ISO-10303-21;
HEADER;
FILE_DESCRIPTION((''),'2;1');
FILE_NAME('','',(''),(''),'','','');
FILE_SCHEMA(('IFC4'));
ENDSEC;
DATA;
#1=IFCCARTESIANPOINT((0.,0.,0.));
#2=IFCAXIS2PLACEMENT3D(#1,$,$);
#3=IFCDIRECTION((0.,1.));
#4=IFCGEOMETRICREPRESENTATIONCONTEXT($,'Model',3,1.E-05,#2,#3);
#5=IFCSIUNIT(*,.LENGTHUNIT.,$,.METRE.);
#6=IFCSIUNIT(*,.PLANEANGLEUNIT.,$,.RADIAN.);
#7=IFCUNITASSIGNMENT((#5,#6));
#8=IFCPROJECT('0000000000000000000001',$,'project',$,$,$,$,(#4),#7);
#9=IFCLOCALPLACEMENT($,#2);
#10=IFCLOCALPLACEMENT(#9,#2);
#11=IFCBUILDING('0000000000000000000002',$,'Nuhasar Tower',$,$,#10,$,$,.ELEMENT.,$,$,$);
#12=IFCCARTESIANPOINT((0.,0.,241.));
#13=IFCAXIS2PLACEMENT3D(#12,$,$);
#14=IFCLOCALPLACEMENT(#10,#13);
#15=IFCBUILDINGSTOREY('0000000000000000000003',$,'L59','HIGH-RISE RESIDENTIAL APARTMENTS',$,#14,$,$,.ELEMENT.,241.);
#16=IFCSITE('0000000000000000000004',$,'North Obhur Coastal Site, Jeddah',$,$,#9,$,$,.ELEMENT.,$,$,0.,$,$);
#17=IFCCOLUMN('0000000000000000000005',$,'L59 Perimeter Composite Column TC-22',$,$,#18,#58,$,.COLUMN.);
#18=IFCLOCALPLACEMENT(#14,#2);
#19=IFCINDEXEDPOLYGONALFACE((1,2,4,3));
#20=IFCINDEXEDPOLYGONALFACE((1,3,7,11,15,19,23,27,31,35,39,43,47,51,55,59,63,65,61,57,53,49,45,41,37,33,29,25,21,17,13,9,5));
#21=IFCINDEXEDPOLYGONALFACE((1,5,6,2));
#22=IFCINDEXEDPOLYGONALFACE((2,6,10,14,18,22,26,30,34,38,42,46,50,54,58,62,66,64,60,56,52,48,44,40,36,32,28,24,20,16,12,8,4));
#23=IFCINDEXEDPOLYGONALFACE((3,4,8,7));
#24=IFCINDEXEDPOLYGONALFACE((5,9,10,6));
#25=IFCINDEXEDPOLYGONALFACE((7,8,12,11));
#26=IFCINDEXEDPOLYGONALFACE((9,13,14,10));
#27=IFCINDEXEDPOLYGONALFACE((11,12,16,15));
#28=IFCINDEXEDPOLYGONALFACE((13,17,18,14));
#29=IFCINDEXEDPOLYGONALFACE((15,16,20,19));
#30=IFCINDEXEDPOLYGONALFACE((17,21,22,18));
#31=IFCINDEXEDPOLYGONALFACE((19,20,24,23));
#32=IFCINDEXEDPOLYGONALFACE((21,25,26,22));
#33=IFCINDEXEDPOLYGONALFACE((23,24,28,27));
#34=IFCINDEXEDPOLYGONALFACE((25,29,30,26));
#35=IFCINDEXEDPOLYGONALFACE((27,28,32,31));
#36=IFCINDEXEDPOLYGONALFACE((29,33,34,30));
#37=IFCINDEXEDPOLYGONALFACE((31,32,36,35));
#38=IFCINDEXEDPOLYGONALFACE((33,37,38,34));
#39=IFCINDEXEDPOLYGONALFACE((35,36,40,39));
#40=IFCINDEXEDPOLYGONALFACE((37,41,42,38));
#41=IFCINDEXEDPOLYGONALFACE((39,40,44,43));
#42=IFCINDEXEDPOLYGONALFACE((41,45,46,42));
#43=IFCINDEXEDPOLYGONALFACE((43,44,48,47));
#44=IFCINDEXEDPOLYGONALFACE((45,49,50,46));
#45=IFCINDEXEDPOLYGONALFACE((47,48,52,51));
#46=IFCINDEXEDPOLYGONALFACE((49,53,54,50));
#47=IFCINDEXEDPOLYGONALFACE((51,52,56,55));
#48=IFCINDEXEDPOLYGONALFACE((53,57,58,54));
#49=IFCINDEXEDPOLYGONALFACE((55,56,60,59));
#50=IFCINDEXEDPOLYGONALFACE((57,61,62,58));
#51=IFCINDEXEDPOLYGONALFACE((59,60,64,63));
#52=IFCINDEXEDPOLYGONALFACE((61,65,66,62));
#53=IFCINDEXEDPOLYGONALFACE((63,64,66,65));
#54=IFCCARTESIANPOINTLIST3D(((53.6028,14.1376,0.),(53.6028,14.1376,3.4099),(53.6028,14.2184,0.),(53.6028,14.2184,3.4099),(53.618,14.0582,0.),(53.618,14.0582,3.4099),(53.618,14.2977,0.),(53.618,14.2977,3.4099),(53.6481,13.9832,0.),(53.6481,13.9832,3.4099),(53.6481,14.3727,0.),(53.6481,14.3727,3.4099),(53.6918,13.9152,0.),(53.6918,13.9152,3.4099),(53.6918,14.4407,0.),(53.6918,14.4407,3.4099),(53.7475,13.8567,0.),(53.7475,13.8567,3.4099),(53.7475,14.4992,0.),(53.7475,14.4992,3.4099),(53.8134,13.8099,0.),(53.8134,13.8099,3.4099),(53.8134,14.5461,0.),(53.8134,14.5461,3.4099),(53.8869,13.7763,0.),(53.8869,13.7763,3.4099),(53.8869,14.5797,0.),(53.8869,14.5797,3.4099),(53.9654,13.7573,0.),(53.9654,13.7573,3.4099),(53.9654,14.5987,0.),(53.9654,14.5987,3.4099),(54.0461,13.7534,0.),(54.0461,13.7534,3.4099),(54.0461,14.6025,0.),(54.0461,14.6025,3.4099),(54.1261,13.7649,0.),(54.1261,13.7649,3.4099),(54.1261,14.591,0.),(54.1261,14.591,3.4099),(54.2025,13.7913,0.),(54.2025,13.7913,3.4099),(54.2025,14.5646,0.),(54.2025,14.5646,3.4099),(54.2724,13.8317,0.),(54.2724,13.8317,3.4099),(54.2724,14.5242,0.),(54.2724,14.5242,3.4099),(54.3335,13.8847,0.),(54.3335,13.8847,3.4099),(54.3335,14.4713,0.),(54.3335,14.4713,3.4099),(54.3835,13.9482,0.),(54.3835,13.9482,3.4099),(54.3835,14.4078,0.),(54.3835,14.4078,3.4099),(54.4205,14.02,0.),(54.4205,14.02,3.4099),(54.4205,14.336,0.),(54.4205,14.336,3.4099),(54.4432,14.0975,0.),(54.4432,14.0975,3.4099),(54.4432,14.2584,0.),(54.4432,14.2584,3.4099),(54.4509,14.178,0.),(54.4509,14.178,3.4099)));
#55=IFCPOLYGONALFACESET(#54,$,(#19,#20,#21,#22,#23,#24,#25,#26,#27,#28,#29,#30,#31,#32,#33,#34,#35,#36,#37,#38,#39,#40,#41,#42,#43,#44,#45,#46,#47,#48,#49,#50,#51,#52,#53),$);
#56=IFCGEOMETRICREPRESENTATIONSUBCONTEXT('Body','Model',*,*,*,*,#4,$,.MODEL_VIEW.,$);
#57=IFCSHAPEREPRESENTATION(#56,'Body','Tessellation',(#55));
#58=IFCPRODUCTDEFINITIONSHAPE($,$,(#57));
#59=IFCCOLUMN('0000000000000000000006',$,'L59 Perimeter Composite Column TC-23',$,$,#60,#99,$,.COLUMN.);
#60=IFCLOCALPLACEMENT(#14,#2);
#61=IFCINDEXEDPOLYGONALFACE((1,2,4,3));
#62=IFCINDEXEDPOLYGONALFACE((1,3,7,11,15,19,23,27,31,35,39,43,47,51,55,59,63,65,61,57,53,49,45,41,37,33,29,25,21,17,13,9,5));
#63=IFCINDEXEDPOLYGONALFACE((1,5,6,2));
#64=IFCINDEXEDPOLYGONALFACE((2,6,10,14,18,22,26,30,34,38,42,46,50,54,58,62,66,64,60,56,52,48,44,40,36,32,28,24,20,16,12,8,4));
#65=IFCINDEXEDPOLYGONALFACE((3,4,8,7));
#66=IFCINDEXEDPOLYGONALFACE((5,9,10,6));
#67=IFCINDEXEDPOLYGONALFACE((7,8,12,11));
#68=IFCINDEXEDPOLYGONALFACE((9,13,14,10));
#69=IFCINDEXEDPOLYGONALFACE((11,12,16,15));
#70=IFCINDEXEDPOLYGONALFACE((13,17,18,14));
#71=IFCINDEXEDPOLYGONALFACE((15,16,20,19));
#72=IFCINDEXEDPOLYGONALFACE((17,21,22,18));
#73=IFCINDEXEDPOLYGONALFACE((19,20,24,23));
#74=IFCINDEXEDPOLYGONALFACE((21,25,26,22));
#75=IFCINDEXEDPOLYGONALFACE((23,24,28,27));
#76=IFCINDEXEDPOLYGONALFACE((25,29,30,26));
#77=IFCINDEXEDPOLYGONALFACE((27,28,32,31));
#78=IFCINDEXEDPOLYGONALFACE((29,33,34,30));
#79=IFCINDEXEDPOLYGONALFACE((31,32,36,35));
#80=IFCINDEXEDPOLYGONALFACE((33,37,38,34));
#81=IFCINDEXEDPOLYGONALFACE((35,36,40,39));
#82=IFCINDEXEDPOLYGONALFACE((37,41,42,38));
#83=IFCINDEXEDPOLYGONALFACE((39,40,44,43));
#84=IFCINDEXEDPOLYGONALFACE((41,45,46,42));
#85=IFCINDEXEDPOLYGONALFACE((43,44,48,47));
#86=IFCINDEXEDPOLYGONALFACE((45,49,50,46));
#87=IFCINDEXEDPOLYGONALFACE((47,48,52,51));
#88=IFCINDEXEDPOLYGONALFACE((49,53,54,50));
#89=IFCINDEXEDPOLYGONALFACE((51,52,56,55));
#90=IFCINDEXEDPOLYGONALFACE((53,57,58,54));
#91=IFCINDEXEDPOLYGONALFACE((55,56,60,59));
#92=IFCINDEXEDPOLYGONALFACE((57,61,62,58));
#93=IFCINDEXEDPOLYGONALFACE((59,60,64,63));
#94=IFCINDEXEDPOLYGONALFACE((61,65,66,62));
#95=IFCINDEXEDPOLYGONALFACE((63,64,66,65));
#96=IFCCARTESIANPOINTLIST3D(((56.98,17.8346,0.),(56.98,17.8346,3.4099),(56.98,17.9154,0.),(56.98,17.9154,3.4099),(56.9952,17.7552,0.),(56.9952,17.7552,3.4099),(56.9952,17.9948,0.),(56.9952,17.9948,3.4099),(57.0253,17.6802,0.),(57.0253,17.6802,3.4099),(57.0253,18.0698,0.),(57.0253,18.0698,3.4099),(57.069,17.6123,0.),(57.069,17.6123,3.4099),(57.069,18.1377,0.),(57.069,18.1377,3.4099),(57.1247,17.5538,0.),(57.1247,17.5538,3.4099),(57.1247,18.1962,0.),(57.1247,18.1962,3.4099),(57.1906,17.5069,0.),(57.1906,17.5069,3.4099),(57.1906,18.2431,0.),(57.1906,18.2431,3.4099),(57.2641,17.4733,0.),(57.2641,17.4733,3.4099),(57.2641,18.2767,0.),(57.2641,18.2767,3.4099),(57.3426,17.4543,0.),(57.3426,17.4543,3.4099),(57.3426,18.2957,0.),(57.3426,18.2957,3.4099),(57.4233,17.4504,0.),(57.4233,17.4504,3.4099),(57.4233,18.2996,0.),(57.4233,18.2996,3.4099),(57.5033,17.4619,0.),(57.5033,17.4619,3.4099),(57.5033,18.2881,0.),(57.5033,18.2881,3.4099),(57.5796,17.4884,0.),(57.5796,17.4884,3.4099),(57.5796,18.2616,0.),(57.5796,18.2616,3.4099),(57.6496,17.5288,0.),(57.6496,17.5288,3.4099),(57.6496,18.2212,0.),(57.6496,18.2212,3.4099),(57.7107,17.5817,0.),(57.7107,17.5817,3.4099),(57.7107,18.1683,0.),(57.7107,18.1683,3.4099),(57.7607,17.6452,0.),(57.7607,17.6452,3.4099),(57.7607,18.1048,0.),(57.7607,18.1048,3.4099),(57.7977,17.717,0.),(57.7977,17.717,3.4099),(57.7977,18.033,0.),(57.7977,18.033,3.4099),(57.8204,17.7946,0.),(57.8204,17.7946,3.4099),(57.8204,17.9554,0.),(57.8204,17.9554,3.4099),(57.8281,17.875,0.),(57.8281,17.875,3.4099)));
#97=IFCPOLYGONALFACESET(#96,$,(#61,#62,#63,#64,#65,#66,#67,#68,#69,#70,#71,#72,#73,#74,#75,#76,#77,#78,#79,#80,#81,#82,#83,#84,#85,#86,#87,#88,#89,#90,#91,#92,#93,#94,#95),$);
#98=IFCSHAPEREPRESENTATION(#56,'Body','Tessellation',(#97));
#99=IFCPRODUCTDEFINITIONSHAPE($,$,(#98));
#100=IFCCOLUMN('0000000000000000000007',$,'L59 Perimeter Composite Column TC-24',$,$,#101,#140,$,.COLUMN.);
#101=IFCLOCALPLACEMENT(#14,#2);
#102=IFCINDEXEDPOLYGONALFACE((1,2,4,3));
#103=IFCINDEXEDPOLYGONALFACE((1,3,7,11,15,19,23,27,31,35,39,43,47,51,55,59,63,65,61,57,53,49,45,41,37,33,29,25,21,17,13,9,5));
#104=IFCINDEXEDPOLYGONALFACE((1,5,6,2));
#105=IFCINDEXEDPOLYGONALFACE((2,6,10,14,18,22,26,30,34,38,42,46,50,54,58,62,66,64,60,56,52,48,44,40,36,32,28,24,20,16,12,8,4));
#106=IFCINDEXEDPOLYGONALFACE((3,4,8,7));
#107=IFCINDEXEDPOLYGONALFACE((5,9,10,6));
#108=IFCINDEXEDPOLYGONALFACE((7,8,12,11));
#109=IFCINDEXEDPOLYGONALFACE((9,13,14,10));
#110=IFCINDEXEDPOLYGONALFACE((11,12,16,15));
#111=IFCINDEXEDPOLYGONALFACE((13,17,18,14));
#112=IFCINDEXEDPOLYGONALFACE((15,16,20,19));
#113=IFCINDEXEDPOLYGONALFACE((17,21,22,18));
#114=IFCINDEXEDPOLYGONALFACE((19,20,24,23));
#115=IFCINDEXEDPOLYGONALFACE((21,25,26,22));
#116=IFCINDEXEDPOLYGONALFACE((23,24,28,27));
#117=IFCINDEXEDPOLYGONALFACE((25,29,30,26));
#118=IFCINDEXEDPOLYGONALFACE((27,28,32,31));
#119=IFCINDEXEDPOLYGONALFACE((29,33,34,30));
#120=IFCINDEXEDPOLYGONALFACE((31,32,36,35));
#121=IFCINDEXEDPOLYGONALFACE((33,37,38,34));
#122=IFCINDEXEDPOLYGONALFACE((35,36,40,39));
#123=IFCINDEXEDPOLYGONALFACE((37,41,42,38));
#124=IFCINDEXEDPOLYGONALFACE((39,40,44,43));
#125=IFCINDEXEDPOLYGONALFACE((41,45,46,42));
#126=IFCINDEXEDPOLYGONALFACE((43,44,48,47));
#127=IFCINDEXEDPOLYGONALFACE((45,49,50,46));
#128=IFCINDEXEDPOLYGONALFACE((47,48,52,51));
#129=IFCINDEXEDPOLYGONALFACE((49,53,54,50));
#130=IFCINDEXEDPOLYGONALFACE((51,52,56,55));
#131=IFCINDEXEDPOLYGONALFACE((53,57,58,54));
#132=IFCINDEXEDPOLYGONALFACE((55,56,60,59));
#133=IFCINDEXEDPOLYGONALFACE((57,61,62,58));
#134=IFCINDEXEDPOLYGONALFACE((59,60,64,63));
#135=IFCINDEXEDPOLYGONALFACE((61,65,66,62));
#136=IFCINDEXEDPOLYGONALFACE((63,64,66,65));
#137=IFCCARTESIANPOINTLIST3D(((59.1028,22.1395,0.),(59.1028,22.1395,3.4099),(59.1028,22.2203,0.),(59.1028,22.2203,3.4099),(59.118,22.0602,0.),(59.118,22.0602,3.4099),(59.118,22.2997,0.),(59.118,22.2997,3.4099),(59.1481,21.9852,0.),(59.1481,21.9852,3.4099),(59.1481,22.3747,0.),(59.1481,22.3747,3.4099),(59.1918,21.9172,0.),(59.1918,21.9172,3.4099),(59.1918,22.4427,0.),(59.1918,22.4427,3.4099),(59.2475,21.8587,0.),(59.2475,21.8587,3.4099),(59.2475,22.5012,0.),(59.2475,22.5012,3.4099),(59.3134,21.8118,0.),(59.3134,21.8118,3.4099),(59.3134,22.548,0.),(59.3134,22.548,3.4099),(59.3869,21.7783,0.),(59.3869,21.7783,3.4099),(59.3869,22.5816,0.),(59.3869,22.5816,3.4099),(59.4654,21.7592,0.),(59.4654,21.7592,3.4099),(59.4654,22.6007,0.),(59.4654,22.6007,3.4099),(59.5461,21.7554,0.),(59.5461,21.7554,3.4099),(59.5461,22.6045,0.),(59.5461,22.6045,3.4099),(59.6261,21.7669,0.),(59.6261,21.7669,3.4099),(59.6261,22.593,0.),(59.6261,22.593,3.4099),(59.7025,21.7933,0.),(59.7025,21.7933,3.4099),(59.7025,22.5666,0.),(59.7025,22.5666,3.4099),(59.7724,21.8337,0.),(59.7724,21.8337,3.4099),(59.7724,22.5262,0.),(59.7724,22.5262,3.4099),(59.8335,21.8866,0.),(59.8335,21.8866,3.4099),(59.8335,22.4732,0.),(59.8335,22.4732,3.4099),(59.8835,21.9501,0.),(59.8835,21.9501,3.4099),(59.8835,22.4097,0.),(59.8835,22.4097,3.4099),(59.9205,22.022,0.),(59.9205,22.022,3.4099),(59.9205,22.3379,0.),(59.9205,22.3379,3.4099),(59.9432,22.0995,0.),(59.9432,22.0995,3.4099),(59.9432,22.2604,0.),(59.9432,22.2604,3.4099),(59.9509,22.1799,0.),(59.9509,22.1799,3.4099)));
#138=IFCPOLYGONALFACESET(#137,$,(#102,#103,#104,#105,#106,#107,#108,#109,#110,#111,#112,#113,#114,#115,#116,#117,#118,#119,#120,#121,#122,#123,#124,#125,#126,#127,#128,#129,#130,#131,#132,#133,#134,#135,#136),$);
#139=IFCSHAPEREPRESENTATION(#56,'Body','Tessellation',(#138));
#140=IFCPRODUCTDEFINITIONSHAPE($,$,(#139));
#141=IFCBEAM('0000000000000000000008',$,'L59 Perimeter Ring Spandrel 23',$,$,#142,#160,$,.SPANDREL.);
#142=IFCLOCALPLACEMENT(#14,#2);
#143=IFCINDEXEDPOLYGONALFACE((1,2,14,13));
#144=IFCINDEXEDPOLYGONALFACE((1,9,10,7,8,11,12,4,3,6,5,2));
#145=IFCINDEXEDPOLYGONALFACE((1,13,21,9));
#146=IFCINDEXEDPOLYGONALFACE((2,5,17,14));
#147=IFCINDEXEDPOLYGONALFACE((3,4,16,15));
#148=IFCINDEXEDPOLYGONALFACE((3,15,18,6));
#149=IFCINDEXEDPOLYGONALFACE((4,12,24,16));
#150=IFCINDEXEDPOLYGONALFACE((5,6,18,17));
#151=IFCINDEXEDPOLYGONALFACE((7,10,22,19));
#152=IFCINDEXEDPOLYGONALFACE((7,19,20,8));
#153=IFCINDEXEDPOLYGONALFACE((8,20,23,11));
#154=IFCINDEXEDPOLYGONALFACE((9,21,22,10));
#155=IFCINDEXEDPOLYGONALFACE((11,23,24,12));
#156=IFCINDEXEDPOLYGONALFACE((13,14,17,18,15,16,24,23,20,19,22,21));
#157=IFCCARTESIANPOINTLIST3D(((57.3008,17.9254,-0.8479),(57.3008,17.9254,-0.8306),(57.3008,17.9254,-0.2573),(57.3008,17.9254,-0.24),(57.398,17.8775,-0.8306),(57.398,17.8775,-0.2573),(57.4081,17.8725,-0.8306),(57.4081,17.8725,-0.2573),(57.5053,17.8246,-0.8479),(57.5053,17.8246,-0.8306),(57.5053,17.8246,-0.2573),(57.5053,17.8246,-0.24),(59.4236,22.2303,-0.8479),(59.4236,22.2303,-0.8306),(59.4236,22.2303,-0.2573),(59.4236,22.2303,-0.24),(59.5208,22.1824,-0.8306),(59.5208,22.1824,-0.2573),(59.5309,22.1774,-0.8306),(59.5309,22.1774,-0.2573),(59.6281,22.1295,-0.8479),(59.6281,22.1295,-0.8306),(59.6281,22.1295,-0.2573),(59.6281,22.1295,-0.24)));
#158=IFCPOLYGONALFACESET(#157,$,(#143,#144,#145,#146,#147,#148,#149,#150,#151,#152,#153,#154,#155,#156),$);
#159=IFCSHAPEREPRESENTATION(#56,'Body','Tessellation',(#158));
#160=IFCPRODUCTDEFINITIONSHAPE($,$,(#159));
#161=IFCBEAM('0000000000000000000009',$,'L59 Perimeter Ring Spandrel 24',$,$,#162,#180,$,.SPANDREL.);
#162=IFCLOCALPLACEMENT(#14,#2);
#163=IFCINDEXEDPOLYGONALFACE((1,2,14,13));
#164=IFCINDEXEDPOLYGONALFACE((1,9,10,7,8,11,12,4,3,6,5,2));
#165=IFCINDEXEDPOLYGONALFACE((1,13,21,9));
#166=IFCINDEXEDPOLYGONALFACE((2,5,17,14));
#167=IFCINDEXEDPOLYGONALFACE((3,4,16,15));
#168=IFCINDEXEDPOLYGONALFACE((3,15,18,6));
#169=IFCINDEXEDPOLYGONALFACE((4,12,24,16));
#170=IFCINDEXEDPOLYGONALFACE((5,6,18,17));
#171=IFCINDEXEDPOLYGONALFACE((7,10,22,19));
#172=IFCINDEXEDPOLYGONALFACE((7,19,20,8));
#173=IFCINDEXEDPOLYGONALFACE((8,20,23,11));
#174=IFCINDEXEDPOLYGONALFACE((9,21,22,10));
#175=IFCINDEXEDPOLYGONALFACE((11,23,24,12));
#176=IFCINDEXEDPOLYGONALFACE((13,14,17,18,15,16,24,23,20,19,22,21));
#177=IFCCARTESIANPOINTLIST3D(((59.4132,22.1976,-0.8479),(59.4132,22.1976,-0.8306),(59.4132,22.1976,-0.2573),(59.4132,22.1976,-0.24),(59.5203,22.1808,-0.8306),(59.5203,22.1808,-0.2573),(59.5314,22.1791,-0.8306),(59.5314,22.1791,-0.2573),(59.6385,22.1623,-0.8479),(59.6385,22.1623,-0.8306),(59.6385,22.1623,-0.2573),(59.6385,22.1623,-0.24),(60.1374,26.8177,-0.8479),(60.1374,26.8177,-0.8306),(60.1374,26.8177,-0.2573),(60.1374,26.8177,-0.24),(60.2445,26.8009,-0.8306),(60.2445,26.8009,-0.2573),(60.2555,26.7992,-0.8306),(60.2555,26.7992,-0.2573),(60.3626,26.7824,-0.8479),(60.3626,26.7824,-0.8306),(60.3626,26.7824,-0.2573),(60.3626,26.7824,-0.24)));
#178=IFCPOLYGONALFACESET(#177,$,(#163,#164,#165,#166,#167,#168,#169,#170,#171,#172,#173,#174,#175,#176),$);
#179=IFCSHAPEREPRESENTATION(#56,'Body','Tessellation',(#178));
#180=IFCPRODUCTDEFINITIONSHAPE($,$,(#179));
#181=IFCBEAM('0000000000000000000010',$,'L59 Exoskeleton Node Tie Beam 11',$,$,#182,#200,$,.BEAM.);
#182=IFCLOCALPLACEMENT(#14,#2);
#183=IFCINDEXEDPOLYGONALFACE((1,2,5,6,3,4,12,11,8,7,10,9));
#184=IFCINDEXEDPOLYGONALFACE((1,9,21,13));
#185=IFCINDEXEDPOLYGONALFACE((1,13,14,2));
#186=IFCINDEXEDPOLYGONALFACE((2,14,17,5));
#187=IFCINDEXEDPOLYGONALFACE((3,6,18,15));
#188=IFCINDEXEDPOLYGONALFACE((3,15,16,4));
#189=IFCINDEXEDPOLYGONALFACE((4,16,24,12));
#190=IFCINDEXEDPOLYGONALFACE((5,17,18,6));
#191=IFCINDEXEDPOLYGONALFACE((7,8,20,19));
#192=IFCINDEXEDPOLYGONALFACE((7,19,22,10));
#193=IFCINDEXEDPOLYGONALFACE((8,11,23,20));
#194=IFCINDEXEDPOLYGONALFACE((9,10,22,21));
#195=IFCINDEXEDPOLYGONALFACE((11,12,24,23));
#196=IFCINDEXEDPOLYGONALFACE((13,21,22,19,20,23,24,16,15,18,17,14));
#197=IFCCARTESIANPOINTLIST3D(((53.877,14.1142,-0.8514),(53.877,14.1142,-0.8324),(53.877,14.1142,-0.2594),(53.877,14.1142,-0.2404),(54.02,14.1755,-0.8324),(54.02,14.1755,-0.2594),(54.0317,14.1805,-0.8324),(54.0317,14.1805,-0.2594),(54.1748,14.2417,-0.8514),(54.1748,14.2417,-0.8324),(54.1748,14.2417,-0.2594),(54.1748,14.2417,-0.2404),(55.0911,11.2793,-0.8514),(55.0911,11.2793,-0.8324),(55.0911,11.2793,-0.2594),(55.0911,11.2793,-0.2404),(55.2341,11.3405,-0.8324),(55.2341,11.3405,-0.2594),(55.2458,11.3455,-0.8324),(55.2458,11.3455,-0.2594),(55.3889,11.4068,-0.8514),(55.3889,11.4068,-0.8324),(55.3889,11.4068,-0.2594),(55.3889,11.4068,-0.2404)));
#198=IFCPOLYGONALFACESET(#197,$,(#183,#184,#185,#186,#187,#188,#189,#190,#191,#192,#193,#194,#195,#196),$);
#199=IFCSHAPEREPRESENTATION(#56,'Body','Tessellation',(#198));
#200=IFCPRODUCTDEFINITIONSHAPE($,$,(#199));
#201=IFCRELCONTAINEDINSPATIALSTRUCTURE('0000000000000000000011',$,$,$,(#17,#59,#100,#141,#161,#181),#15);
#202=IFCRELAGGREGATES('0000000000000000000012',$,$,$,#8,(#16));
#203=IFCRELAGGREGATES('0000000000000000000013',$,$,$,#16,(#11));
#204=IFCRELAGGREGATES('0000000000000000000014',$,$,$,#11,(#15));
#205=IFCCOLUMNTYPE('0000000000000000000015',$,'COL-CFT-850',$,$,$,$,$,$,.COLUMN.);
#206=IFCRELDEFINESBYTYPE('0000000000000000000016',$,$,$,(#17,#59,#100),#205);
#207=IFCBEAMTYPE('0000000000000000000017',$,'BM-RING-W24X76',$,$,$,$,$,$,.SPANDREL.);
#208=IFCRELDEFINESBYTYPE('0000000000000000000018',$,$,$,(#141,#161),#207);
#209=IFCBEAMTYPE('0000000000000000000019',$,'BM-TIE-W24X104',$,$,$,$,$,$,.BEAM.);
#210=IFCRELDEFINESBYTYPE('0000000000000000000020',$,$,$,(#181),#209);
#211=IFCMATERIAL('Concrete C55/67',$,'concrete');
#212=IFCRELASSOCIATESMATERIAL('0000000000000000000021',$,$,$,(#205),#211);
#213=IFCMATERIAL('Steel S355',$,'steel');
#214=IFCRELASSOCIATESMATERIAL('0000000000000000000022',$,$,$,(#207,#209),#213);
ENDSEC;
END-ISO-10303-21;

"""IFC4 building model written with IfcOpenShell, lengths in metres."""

from ifc_helpers import new_model, si_unit, direction, frame, origin, origin_2d, place, context, subcontext, project, spatial, circle, i_section, extrude, material, material_profile, profile_set, type_object, element, save


model = new_model("IFC4")

# Units and contexts
model_context = context("Model", 3, precision=1e-05, world=origin(), true_north=direction((0.0, 1.0)))
body_context = subcontext(model_context, "Body", "Model", "MODEL_VIEW")
ifc_project = project(units=[si_unit("LENGTHUNIT", "METRE"), si_unit("PLANEANGLEUNIT", "RADIAN")], contexts=[model_context])

# Site, building, storey
site_placement = place(None, origin())
site = spatial("IfcSite", under=ifc_project, at=site_placement, Name="North Obhur Coastal Site, Jeddah", CompositionType="ELEMENT", RefElevation=0.0)
building_placement = place(site_placement, origin())
building = spatial("IfcBuilding", under=site, at=building_placement, Name="Nuhasar Tower", CompositionType="ELEMENT")
storey_placement = place(building_placement, frame((0.0, 0.0, 241.0)))
storey = spatial("IfcBuildingStorey", under=building, at=storey_placement, Name="L59", Description="HIGH-RISE RESIDENTIAL APARTMENTS", CompositionType="ELEMENT", Elevation=241.0)

# Columns
ifc_material_1 = material(Name="Concrete C55/67", Category="concrete")
ifc_material_profile_1 = material_profile(ifc_material_1, circle(Radius=0.425, at=origin_2d()), Name="CFT850")
ifc_profile_set_1 = profile_set([ifc_material_profile_1], Name="Concrete C55/67")
column_type = type_object("IfcColumnType", Name="COL-CFT-850", PredefinedType="COLUMN", material=ifc_profile_set_1)
for number, where, z_axis, x_axis, name in (
    (1, (54.0259, 14.178, 0.0), (0.0, 0.0, 1.0), (1.0, 0.0, 0.0), "L59 Perimeter Composite Column TC-22"),
    (2, (57.4031, 17.875, 0.0), (0.0, 0.0, 1.0), (1.0, 0.0, 0.0), "L59 Perimeter Composite Column TC-23"),
    (3, (59.5259, 22.1799, 0.0), (0.0, 0.0, 1.0), (1.0, 0.0, 0.0), "L59 Perimeter Composite Column TC-24"),
):
    element("IfcColumn", number, at=place(storey_placement, frame(where, z_axis=z_axis, x_axis=x_axis)), inside=storey, type_object=column_type, Name=name, PredefinedType="COLUMN", context=body_context, shape_type="SweptSolid", body=[
        extrude(circle(Radius=0.425, at=origin_2d()), origin(), (0.0, 0.0, 1.0), 3.4099),
    ])

# Beams
ifc_material_2 = material(Name="Steel S355", Category="steel")
ifc_material_profile_2 = material_profile(ifc_material_2, i_section(OverallWidth=0.228, OverallDepth=0.6079, WebThickness=0.0112, FlangeThickness=0.0173, at=origin_2d()), Name="W24X76")
ifc_profile_set_2 = profile_set([ifc_material_profile_2], Name="Steel S355")
beam_type_1 = type_object("IfcBeamType", Name="BM-RING-W24X76", PredefinedType="SPANDREL", material=ifc_profile_set_2)
beam_1_placement = place(storey_placement, frame((57.4031, 17.875, -0.5439), z_axis=(0.442263, 0.896886, 0.0), x_axis=(-0.896886, 0.442263, 0.0)))
element("IfcBeam", 4, at=beam_1_placement, inside=storey, type_object=beam_type_1, Name="L59 Perimeter Ring Spandrel 23", PredefinedType="SPANDREL", context=body_context, shape_type="SweptSolid", body=[
    extrude(i_section(OverallWidth=0.228, OverallDepth=0.6079, WebThickness=0.0112, FlangeThickness=0.0173, at=origin_2d()), origin(), (0.0, 0.0, 1.0), 4.7998),
])
beam_2_placement = place(storey_placement, frame((59.5259, 22.1799, -0.5439), z_axis=(0.154842, 0.987939, 0.0), x_axis=(-0.987939, 0.154842, 0.0)))
element("IfcBeam", 5, at=beam_2_placement, inside=storey, type_object=beam_type_1, Name="L59 Perimeter Ring Spandrel 24", PredefinedType="SPANDREL", context=body_context, shape_type="SweptSolid", body=[
    extrude(i_section(OverallWidth=0.228, OverallDepth=0.6079, WebThickness=0.0112, FlangeThickness=0.0173, at=origin_2d()), origin(), (0.0, 0.0, 1.0), 4.6765),
])
ifc_material_profile_3 = material_profile(ifc_material_2, i_section(OverallWidth=0.324, OverallDepth=0.6111, WebThickness=0.0127, FlangeThickness=0.019, at=origin_2d()), Name="W24X104")
ifc_profile_set_3 = profile_set([ifc_material_profile_3], Name="Steel S355")
beam_type_2 = type_object("IfcBeamType", Name="BM-TIE-W24X104", PredefinedType="BEAM", material=ifc_profile_set_3)
beam_3_placement = place(storey_placement, frame((54.0259, 14.178, -0.5459), z_axis=(0.39368, -0.919247, 0.0), x_axis=(0.919247, 0.39368, 0.0)))
element("IfcBeam", 6, at=beam_3_placement, inside=storey, type_object=beam_type_2, Name="L59 Exoskeleton Node Tie Beam 11", PredefinedType="BEAM", context=body_context, shape_type="SweptSolid", body=[
    extrude(i_section(OverallWidth=0.324, OverallDepth=0.6111, WebThickness=0.0127, FlangeThickness=0.019, at=origin_2d()), origin(), (0.0, 0.0, 1.0), 3.084),
])

save(model, "model.ifc")
